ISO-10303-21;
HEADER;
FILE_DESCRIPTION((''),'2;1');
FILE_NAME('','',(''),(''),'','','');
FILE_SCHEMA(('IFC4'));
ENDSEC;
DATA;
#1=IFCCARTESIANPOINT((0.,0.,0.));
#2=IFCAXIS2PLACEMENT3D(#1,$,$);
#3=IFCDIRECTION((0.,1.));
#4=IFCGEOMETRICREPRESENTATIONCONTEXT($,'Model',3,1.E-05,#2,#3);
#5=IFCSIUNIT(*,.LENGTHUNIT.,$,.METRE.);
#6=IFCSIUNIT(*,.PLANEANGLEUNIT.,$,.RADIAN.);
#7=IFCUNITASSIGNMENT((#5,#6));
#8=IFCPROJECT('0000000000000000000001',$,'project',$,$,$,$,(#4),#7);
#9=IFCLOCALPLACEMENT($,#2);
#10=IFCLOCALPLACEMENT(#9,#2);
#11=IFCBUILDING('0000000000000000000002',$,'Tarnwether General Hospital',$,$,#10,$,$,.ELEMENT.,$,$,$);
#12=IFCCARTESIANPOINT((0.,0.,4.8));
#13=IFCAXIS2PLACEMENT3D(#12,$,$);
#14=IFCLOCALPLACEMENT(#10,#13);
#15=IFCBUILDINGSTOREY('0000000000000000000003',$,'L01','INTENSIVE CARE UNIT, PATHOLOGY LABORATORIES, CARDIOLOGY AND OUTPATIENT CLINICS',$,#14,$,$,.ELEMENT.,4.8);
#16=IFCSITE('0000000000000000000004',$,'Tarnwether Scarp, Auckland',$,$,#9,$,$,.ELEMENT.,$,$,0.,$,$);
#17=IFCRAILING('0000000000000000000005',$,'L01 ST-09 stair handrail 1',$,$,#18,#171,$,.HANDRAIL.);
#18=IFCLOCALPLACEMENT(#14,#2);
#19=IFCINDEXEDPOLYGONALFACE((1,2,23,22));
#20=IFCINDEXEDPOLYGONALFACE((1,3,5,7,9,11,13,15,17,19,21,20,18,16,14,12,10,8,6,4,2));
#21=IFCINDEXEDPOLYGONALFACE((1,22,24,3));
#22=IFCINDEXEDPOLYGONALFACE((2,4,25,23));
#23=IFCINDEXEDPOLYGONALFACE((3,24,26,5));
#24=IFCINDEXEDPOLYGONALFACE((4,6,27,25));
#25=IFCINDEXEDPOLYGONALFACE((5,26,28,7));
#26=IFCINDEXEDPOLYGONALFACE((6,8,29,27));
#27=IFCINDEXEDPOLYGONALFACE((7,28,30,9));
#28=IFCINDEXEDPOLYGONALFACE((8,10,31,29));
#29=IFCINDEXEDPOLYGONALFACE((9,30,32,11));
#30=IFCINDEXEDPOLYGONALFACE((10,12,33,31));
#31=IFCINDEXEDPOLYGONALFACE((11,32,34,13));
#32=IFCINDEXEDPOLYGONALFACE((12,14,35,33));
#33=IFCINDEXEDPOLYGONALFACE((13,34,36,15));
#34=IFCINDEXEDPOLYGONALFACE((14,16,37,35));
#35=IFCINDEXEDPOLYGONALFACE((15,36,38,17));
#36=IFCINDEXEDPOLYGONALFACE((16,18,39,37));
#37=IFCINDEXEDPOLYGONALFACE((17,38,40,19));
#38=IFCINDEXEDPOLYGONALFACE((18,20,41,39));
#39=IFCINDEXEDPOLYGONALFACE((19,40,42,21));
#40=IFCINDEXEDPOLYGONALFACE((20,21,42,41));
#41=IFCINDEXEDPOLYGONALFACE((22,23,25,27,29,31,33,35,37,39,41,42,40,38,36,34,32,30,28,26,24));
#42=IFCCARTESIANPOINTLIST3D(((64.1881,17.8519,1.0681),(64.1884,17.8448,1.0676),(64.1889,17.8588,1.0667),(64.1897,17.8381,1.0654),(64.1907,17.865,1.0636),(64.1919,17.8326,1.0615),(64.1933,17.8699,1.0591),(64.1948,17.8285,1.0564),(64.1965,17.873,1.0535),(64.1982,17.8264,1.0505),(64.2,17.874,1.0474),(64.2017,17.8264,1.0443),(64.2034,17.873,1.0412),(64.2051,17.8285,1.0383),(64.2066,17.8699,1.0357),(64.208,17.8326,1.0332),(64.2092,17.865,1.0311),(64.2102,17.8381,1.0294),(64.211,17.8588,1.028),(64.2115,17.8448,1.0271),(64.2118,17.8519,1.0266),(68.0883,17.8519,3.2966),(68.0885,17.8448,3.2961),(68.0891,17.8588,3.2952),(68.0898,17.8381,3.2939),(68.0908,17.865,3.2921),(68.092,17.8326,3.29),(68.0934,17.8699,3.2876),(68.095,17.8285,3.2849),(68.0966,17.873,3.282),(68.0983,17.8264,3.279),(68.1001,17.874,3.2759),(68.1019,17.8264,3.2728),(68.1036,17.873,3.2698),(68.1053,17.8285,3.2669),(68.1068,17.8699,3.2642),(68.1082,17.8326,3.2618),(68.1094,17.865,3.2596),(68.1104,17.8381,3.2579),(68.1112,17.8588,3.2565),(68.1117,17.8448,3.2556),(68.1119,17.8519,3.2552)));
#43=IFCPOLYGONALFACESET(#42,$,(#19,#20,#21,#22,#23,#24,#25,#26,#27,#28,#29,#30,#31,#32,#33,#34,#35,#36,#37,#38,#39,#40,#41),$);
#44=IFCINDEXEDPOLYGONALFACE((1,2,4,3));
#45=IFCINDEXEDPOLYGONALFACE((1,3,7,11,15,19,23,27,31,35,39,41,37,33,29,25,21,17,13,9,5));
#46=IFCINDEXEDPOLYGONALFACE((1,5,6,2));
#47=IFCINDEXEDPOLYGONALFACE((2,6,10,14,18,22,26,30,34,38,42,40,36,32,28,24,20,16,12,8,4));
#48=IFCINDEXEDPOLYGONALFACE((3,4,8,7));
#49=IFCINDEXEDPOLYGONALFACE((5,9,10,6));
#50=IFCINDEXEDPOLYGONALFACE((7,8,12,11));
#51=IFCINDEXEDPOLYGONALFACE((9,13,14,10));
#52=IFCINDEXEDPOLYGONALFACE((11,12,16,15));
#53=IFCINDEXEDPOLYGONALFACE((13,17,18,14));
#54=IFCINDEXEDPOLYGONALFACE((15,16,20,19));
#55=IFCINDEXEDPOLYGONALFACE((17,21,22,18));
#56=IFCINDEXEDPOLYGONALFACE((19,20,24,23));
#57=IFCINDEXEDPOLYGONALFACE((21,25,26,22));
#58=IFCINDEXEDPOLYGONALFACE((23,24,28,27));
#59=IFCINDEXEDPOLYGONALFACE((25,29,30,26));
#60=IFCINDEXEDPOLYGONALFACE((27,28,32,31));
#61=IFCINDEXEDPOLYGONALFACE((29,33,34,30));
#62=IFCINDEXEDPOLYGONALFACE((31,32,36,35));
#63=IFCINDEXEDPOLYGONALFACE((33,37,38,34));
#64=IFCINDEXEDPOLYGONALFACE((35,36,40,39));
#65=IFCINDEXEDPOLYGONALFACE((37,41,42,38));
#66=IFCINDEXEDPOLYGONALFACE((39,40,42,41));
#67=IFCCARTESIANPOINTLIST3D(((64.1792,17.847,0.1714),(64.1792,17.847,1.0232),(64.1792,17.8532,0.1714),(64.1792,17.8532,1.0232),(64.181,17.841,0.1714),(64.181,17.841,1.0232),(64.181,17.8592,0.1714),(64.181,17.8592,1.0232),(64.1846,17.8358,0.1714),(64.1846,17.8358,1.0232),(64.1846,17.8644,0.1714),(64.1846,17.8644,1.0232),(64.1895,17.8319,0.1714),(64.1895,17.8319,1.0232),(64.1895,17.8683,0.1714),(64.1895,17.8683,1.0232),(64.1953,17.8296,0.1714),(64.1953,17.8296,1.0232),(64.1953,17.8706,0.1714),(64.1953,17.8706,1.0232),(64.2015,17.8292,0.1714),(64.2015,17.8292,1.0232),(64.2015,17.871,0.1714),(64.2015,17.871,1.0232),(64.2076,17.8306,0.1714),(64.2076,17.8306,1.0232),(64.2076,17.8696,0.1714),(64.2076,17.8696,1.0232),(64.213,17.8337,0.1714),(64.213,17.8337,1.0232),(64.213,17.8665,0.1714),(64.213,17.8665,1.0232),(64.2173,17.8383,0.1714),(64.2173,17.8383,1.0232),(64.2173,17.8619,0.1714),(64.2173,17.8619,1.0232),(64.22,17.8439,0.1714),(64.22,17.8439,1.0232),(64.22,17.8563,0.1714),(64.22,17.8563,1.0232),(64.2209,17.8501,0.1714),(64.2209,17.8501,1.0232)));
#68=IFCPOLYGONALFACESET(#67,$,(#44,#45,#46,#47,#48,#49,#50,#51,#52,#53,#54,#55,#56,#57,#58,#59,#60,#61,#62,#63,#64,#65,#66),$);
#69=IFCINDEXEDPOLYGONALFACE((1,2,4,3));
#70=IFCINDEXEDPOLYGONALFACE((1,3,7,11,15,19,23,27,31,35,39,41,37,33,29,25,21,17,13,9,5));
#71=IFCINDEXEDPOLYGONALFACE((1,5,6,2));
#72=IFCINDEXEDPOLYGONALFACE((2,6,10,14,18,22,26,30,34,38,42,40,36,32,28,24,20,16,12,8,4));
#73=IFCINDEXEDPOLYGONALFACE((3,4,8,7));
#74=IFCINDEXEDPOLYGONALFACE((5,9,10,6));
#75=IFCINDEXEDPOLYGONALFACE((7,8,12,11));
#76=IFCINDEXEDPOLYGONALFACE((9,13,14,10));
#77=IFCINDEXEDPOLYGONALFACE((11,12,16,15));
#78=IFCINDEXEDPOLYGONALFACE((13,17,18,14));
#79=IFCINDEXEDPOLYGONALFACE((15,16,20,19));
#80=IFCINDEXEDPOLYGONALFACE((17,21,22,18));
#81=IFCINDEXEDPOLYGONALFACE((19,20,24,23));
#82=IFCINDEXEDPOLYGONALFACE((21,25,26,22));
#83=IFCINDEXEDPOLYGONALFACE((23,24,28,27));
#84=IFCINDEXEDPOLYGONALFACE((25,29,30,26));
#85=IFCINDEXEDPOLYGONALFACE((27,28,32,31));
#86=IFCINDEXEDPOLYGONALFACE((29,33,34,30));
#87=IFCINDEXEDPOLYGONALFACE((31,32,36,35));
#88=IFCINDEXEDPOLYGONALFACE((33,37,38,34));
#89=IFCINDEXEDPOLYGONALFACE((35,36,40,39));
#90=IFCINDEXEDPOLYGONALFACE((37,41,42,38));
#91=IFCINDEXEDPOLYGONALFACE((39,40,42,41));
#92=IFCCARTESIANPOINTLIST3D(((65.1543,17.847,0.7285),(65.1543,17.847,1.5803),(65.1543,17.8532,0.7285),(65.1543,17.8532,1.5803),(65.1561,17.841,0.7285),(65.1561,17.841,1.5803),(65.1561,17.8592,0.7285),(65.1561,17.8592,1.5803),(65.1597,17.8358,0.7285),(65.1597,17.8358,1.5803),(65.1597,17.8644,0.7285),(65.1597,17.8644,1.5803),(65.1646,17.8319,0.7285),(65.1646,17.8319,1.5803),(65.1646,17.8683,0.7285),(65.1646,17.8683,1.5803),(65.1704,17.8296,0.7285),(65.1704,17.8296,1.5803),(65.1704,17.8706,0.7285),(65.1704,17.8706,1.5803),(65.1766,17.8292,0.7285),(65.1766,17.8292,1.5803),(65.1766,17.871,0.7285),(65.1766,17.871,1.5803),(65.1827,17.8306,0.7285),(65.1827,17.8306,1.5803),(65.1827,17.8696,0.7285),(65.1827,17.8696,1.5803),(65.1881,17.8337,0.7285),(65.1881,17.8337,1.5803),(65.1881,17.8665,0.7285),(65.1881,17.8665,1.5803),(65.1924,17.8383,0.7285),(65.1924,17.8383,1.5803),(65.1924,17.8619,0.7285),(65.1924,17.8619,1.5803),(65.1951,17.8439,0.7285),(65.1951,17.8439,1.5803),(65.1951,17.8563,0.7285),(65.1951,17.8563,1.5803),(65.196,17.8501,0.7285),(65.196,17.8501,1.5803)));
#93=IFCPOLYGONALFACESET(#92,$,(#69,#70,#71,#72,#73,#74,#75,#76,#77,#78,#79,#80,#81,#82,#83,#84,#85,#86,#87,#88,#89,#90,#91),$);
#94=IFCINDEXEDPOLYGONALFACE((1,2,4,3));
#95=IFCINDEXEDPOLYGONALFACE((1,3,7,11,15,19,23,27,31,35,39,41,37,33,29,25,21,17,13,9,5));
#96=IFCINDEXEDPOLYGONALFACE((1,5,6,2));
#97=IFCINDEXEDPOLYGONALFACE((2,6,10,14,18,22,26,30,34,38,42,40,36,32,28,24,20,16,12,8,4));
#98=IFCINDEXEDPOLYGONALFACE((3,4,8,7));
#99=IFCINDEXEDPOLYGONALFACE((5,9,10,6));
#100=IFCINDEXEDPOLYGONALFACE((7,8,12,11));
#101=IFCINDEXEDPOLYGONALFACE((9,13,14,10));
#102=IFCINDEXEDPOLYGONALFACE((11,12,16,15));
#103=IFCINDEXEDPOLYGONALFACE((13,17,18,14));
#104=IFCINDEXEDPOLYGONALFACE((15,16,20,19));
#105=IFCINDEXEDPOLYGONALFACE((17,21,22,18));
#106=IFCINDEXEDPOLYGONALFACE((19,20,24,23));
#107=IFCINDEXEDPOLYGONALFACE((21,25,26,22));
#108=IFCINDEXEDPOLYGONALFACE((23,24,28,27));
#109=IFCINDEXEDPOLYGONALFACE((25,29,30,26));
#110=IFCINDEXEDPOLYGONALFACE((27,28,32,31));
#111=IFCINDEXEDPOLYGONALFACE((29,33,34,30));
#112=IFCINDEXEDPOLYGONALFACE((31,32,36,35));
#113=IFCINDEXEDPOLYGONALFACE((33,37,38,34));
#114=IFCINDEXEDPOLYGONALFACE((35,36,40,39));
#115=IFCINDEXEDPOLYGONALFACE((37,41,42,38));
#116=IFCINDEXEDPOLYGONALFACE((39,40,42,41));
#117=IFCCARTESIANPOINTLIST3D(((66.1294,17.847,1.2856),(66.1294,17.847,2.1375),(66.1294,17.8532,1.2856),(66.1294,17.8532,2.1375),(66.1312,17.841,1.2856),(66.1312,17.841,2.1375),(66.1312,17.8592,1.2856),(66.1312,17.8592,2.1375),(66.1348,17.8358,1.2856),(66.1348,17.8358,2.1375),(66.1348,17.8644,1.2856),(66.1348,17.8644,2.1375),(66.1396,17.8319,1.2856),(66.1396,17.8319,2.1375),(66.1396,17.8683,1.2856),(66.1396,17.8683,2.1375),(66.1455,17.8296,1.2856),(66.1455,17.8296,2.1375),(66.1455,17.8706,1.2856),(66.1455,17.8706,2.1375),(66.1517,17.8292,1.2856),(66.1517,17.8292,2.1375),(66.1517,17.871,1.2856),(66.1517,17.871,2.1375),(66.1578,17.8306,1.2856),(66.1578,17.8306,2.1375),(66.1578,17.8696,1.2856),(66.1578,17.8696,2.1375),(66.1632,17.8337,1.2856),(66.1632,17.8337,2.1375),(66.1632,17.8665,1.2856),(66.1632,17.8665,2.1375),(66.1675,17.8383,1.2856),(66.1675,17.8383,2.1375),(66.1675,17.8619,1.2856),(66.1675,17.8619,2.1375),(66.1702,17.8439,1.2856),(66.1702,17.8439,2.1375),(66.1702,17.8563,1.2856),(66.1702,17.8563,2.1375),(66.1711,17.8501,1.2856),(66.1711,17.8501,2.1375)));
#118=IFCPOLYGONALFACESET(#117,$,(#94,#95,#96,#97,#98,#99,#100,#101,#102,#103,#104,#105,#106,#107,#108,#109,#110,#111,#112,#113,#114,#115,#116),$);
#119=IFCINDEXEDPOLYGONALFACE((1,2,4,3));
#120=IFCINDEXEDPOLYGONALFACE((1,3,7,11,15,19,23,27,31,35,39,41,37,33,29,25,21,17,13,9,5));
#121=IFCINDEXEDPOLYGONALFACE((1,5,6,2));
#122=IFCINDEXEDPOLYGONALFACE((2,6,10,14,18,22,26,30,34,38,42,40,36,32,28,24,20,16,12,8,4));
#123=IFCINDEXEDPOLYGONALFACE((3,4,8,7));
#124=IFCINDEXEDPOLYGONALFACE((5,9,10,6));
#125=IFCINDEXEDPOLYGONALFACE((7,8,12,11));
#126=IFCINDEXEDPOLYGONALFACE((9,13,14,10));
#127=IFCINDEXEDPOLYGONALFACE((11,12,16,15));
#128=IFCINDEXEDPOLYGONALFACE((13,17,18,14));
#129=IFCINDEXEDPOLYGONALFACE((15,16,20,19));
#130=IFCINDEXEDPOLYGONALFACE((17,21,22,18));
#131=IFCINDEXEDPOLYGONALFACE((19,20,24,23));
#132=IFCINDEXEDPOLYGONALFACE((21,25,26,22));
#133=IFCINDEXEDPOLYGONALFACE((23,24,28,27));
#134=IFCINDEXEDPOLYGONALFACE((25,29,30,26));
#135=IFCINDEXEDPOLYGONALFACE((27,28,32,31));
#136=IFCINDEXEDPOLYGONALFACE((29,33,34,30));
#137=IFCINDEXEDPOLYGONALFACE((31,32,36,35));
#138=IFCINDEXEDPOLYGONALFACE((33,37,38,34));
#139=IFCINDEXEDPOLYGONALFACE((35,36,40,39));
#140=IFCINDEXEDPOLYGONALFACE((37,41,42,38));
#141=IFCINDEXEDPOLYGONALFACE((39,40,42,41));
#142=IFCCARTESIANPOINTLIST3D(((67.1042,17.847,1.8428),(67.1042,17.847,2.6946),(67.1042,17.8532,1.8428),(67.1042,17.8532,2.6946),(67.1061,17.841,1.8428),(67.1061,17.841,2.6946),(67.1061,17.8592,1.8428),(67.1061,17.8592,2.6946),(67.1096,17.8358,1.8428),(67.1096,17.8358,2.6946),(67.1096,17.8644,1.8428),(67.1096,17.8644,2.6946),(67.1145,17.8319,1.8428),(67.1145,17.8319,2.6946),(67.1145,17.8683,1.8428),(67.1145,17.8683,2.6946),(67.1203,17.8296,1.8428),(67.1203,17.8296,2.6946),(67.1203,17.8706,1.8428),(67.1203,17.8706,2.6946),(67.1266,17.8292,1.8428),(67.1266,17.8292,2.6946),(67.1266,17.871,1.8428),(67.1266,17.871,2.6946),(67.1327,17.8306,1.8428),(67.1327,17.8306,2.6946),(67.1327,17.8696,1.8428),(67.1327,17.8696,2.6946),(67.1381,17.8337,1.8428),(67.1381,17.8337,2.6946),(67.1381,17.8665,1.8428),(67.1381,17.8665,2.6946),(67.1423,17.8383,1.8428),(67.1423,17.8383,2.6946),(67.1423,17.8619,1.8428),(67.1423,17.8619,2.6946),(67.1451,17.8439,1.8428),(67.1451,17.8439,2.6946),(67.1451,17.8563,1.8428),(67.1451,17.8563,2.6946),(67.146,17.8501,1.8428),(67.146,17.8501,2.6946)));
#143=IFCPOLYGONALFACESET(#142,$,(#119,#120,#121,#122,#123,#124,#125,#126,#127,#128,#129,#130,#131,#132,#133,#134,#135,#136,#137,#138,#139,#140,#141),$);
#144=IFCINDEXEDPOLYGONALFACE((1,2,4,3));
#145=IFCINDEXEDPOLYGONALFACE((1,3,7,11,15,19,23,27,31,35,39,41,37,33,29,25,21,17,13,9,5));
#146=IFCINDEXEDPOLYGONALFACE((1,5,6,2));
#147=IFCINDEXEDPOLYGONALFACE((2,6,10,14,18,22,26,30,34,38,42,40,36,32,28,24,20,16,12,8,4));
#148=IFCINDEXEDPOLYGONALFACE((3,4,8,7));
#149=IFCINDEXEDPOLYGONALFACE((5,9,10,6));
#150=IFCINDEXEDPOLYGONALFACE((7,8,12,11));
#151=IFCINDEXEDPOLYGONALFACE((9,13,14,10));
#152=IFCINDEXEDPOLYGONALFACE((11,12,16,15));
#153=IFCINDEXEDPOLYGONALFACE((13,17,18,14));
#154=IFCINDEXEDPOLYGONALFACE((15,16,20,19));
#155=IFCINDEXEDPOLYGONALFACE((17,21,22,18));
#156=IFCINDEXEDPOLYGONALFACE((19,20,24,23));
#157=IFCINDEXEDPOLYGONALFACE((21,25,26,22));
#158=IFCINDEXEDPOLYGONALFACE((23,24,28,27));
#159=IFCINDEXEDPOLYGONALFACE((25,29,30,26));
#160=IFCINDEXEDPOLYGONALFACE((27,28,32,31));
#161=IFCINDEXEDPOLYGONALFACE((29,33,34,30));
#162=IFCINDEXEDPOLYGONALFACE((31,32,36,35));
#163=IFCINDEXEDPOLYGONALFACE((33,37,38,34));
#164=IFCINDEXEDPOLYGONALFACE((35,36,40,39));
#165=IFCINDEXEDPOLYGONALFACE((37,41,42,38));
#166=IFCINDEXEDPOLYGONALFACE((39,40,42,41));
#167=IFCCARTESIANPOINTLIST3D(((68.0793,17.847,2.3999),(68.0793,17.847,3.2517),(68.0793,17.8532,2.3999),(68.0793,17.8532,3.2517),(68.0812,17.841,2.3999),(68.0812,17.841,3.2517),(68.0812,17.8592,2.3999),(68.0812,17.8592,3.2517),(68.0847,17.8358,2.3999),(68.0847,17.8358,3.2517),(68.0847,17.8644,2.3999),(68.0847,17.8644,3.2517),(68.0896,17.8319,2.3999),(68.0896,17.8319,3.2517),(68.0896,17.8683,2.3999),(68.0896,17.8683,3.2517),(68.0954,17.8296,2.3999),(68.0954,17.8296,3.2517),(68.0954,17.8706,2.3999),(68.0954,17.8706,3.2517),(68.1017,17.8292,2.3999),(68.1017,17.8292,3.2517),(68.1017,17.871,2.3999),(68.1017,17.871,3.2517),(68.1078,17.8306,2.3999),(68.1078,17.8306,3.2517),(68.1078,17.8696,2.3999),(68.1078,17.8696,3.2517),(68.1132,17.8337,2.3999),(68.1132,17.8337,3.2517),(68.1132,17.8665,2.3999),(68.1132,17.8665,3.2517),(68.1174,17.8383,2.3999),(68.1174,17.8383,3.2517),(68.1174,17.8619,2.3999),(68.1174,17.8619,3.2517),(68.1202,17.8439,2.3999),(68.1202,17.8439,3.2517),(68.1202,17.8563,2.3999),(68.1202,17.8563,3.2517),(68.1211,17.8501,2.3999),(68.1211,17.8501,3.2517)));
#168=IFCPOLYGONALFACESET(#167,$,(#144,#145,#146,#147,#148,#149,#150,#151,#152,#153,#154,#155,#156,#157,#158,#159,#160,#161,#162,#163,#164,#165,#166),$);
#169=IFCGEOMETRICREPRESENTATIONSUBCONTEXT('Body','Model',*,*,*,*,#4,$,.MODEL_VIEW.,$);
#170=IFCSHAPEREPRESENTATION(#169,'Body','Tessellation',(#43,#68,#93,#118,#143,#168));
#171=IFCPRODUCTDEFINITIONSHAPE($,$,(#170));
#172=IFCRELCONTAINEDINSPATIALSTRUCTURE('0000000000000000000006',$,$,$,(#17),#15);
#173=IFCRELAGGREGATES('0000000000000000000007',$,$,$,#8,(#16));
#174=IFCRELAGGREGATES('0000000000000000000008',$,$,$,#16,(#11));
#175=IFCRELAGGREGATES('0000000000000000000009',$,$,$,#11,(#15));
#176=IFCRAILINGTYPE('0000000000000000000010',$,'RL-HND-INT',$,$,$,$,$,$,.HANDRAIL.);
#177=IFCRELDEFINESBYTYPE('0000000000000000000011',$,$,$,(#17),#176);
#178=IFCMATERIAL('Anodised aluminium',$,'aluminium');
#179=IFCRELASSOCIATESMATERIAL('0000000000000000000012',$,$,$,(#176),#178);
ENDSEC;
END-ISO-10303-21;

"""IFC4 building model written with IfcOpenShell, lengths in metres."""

from ifc_helpers import new_model, si_unit, direction, frame, origin, origin_2d, place, context, subcontext, project, spatial, circle, extrude, material, type_object, element, save


model = new_model("IFC4")

# Units and contexts
model_context = context("Model", 3, precision=1e-05, world=origin(), true_north=direction((0.0, 1.0)))
body_context = subcontext(model_context, "Body", "Model", "MODEL_VIEW")
ifc_project = project(units=[si_unit("LENGTHUNIT", "METRE"), si_unit("PLANEANGLEUNIT", "RADIAN")], contexts=[model_context])

# Site, building, storey
site_placement = place(None, origin())
site = spatial("IfcSite", under=ifc_project, at=site_placement, Name="Tarnwether Scarp, Auckland", CompositionType="ELEMENT", RefElevation=0.0)
building_placement = place(site_placement, origin())
building = spatial("IfcBuilding", under=site, at=building_placement, Name="Tarnwether General Hospital", CompositionType="ELEMENT")
storey_placement = place(building_placement, frame((0.0, 0.0, 4.8)))
storey = spatial("IfcBuildingStorey", under=building, at=storey_placement, Name="L01", Description="INTENSIVE CARE UNIT, PATHOLOGY LABORATORIES, CARDIOLOGY AND OUTPATIENT CLINICS", CompositionType="ELEMENT", Elevation=4.8)

# Railing
ifc_material_1 = material(Name="Anodised aluminium", Category="aluminium")
railing_type_1 = type_object("IfcRailingType", Name="RL-HND-INT", PredefinedType="HANDRAIL", material=ifc_material_1)
railing_1_placement = place(storey_placement, frame((64.2, 17.8501, 0.1714)))
element("IfcRailing", 1, at=railing_1_placement, inside=storey, type_object=railing_type_1, Name="L01 ST-09 stair handrail 1", PredefinedType="HANDRAIL", context=body_context, shape_type="SweptSolid", body=[
    extrude(circle(Radius=0.0239, at=origin_2d()), frame((0.0, 0.0, 0.876), z_axis=(0.868257, 0.0, 0.496116), x_axis=(0.0, 1.0, 0.0)), (0.0, 0.0, 1.0), 4.4919),
    extrude(circle(Radius=0.021, at=origin_2d()), origin(), (0.0, 0.0, 1.0), 0.8518),
    extrude(circle(Radius=0.021, at=origin_2d()), frame((0.9751, 0.0, 0.5571)), (0.0, 0.0, 1.0), 0.8518),
    extrude(circle(Radius=0.021, at=origin_2d()), frame((1.9502, 0.0, 1.1143)), (0.0, 0.0, 1.0), 0.8518),
    extrude(circle(Radius=0.021, at=origin_2d()), frame((2.925, 0.0, 1.6714)), (0.0, 0.0, 1.0), 0.8518),
    extrude(circle(Radius=0.021, at=origin_2d()), frame((3.9001, 0.0, 2.2285)), (0.0, 0.0, 1.0), 0.8518),
])

save(model, "model.ifc")
